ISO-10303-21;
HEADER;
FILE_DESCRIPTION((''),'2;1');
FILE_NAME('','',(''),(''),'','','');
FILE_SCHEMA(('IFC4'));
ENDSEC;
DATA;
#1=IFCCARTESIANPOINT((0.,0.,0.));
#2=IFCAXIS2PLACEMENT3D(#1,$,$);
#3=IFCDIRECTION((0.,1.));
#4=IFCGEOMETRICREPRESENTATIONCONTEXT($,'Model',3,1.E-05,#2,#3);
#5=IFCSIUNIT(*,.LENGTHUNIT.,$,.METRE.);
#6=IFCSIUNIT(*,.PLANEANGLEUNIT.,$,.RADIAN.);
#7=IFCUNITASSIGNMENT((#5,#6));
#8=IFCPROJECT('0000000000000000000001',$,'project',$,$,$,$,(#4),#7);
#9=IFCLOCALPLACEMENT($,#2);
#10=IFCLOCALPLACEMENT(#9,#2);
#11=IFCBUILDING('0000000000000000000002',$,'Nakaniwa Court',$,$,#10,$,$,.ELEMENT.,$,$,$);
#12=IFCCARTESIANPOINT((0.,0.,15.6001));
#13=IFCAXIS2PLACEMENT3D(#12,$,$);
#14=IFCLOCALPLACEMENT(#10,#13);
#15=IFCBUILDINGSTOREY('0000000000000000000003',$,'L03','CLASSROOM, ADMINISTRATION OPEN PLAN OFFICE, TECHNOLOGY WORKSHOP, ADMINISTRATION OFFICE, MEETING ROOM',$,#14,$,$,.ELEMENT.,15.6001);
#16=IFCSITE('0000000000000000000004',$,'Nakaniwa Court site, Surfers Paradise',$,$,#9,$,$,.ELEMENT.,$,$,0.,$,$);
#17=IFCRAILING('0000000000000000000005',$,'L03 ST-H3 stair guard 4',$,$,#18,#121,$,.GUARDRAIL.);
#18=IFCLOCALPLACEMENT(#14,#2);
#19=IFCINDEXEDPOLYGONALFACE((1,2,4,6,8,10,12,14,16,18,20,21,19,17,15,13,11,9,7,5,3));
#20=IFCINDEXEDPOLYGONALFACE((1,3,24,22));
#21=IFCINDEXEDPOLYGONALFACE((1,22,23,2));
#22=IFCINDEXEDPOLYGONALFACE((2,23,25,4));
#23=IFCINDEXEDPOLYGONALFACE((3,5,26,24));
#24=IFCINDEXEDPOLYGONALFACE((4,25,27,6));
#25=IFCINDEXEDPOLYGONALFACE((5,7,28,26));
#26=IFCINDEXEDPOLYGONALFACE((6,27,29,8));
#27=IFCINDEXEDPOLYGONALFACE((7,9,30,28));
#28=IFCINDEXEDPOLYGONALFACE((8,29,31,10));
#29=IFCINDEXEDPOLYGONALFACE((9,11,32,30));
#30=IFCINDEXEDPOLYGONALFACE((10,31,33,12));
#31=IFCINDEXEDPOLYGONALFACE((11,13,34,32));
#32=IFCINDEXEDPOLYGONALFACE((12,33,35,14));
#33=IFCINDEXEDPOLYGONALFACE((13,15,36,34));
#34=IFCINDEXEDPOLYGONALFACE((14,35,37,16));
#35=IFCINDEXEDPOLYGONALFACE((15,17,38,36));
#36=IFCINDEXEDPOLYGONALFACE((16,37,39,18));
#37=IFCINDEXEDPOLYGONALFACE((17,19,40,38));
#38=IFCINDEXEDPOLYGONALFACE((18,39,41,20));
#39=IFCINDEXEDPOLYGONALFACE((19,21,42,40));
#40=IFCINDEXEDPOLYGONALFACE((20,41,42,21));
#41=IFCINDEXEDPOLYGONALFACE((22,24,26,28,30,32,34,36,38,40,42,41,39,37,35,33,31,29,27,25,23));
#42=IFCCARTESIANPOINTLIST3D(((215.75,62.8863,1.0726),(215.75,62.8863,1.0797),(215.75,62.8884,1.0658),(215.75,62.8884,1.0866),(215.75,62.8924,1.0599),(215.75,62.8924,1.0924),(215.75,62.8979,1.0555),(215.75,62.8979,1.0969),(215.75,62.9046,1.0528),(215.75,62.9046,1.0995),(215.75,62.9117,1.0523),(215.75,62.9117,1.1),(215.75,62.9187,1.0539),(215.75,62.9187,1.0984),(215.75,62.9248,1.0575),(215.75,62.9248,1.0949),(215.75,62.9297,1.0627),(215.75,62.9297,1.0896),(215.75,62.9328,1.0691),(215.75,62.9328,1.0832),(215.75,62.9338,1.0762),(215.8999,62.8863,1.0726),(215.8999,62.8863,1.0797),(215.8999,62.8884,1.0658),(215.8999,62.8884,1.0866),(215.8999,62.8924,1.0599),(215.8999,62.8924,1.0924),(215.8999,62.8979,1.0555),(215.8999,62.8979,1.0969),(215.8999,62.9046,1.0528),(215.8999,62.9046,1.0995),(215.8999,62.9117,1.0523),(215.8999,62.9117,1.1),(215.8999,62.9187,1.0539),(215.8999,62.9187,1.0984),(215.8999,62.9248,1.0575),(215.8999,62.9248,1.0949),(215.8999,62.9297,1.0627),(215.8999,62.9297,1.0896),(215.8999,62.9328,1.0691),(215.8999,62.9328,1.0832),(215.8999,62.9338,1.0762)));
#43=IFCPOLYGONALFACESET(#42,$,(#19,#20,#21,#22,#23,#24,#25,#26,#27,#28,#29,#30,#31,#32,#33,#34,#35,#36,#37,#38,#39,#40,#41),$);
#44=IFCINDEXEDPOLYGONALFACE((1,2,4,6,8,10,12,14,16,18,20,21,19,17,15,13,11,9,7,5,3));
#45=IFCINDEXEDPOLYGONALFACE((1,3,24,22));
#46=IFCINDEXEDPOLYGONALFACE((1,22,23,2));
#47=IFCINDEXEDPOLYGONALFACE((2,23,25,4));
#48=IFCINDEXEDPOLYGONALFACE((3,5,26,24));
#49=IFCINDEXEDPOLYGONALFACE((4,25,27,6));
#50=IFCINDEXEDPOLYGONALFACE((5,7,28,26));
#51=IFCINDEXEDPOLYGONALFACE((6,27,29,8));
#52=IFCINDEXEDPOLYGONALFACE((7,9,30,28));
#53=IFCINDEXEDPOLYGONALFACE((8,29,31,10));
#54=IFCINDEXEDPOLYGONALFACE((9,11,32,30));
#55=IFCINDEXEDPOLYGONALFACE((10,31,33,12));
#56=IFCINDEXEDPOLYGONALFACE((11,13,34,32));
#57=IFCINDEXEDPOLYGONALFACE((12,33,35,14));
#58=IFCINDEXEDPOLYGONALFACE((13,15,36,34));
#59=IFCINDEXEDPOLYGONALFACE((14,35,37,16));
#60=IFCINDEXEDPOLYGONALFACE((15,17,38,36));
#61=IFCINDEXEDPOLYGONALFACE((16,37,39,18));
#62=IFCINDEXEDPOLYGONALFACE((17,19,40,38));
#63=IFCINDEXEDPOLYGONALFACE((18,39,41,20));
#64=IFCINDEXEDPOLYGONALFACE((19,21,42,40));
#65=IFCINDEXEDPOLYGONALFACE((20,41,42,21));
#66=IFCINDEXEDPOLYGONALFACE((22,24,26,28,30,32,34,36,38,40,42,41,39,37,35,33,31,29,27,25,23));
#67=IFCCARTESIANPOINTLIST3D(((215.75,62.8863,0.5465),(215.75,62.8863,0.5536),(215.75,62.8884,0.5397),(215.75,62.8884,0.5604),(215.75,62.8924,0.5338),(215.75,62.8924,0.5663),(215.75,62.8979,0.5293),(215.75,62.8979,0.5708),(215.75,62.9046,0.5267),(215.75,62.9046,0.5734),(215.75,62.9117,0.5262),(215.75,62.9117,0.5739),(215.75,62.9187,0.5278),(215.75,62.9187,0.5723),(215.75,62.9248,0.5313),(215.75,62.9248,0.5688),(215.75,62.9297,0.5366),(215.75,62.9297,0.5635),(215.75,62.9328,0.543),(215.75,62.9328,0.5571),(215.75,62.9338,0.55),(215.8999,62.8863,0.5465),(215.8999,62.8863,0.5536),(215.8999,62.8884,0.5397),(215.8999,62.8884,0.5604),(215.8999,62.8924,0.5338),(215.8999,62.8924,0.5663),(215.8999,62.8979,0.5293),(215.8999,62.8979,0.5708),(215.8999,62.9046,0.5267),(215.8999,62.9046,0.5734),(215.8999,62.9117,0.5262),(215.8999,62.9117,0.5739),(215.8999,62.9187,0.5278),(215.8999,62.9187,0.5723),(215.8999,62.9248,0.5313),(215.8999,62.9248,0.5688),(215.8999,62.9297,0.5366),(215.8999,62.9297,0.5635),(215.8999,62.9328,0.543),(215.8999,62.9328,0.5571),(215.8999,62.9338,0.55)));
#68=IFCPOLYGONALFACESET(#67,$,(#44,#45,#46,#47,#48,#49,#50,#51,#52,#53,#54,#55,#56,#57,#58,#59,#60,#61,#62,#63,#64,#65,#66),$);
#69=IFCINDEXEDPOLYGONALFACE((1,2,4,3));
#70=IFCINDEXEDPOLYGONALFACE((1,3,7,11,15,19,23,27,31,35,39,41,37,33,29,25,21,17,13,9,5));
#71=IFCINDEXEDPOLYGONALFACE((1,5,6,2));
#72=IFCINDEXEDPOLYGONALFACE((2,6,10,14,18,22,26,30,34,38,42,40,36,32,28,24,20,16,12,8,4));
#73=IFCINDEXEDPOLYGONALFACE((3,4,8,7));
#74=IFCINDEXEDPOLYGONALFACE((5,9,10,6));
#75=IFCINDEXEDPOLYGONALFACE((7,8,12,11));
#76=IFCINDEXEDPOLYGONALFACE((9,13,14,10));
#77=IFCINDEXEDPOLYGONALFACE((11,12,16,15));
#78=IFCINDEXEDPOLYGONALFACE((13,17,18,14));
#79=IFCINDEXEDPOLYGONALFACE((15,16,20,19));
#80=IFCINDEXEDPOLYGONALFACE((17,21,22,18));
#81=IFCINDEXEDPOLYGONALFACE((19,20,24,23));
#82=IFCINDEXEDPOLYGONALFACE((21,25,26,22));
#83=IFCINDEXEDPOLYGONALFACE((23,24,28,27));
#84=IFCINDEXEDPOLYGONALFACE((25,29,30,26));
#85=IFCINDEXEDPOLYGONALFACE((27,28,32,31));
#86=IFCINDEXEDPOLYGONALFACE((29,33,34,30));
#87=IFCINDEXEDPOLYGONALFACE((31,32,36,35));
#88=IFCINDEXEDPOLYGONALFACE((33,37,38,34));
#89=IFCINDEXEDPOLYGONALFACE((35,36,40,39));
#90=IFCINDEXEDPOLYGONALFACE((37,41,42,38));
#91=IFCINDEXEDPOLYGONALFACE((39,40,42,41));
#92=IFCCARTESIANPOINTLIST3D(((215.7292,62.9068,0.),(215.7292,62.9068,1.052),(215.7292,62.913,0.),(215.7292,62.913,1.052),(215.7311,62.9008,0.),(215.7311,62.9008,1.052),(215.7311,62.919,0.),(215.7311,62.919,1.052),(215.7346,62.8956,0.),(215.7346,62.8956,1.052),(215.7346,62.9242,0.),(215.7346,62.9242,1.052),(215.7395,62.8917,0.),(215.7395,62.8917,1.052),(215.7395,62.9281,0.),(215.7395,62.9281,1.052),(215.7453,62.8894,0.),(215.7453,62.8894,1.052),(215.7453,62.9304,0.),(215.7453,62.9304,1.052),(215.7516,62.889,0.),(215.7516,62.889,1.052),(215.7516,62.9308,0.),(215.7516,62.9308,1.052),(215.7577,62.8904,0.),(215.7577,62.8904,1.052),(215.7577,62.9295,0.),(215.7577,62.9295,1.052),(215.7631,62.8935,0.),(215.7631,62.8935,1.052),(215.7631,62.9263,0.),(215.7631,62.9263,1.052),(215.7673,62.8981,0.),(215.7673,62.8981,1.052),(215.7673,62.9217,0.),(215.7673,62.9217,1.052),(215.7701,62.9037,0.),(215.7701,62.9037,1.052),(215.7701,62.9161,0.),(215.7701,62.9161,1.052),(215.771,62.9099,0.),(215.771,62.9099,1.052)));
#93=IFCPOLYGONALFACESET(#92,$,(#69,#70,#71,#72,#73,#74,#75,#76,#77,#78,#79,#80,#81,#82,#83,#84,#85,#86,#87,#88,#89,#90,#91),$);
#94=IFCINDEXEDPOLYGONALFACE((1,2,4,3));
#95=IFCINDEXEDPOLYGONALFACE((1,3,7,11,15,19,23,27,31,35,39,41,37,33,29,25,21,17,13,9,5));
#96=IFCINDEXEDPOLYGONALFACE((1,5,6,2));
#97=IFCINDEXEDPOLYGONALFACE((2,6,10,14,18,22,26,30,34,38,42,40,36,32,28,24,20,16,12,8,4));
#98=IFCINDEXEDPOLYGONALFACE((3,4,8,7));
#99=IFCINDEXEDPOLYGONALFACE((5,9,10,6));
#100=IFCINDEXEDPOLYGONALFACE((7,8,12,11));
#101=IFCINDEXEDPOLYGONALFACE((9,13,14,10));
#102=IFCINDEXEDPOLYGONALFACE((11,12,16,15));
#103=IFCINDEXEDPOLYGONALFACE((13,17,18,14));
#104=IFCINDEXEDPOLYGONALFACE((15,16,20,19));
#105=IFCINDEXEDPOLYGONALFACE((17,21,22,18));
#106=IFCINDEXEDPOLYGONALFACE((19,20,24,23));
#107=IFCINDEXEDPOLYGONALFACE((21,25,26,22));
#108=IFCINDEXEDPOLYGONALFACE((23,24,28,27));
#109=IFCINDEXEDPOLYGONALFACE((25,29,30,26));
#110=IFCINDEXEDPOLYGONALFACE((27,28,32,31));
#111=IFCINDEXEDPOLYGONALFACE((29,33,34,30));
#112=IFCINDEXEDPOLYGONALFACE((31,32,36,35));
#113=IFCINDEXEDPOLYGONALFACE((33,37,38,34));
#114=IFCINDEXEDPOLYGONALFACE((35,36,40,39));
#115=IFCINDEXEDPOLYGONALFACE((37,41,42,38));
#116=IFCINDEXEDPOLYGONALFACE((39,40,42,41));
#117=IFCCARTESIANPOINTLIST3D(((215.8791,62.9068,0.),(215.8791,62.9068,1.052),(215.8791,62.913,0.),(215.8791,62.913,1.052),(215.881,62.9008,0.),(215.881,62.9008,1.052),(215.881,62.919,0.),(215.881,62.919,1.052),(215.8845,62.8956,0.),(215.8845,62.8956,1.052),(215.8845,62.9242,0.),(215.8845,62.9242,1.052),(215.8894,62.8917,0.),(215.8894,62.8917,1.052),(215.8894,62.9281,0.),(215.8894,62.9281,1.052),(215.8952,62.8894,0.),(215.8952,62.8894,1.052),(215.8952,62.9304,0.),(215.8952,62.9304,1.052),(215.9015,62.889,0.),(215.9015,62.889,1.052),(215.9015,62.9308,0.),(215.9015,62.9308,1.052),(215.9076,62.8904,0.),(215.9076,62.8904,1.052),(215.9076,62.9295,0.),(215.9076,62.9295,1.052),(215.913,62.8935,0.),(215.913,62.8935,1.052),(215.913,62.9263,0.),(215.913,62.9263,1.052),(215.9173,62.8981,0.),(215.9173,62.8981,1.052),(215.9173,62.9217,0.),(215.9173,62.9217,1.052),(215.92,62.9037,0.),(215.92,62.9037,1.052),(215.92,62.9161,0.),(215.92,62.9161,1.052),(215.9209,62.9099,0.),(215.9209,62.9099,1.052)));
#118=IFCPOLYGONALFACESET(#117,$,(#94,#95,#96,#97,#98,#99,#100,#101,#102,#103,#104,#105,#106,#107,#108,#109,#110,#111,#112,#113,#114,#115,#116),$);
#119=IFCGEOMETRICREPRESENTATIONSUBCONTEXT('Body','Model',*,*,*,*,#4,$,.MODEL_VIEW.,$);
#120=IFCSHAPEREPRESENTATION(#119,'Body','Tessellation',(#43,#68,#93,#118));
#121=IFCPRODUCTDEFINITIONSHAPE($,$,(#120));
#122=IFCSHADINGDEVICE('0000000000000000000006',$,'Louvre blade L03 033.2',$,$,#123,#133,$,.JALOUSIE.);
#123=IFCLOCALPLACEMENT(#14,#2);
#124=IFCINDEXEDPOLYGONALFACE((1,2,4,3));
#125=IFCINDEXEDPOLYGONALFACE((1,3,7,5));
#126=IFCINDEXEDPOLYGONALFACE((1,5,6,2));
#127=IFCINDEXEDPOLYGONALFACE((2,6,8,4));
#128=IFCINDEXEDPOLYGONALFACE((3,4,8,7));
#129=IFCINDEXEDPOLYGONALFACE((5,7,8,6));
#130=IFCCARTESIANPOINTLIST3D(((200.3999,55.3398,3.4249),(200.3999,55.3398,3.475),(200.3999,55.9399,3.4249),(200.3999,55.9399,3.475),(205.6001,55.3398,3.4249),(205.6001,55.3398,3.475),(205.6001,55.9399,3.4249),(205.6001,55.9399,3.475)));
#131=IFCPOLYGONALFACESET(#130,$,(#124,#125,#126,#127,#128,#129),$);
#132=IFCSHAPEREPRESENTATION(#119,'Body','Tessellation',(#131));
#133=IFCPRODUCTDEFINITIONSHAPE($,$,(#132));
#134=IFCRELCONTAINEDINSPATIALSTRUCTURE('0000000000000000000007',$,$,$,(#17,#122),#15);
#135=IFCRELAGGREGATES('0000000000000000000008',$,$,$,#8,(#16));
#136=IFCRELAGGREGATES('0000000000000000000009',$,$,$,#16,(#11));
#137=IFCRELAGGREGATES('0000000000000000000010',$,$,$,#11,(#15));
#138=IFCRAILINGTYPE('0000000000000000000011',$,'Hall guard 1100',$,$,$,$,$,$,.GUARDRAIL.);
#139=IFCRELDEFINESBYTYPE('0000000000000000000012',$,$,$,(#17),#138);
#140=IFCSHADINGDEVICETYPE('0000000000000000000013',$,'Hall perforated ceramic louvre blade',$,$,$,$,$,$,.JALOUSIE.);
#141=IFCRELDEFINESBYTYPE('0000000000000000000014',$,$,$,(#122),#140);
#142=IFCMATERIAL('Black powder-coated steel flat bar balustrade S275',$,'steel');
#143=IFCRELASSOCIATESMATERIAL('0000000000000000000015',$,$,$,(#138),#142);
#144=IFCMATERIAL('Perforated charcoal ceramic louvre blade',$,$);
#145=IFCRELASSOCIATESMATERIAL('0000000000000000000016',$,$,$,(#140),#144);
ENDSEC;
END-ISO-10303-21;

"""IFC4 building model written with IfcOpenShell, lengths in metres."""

from ifc_helpers import new_model, si_unit, direction, frame, origin, origin_2d, place, context, subcontext, project, spatial, rectangle, circle, extrude, material, material_profile, profile_set, type_object, element, save


model = new_model("IFC4")

# Units and contexts
model_context = context("Model", 3, precision=1e-05, world=origin(), true_north=direction((0.0, 1.0)))
body_context = subcontext(model_context, "Body", "Model", "MODEL_VIEW")
ifc_project = project(units=[si_unit("LENGTHUNIT", "METRE"), si_unit("PLANEANGLEUNIT", "RADIAN")], contexts=[model_context])

# Site, building, storey
site_placement = place(None, origin())
site = spatial("IfcSite", under=ifc_project, at=site_placement, Name="Nakaniwa Court site, Surfers Paradise", CompositionType="ELEMENT", RefElevation=0.0)
building_placement = place(site_placement, origin())
building = spatial("IfcBuilding", under=site, at=building_placement, Name="Nakaniwa Court", CompositionType="ELEMENT")
storey_placement = place(building_placement, frame((0.0, 0.0, 15.6001)))
storey = spatial("IfcBuildingStorey", under=building, at=storey_placement, Name="L03", Description="CLASSROOM, ADMINISTRATION OPEN PLAN OFFICE, TECHNOLOGY WORKSHOP, ADMINISTRATION OFFICE, MEETING ROOM", CompositionType="ELEMENT", Elevation=15.6001)

# Railing
ifc_material_1 = material(Name="Black powder-coated steel flat bar balustrade S275", Category="steel")
railing_type_1 = type_object("IfcRailingType", Name="Hall guard 1100", PredefinedType="GUARDRAIL", material=ifc_material_1)
railing_1_placement = place(storey_placement, frame((215.75, 62.9099, 0.0)))
element("IfcRailing", 1, at=railing_1_placement, inside=storey, type_object=railing_type_1, Name="L03 ST-H3 stair guard 4", PredefinedType="GUARDRAIL", context=body_context, shape_type="SweptSolid", body=[
    extrude(circle(Radius=0.0239, at=origin_2d()), frame((0.0, 0.0, 1.0762), z_axis=(1.0, 0.0, 0.0), x_axis=(0.0, 1.0, 0.0)), (0.0, 0.0, 1.0), 0.1499),
    extrude(circle(Radius=0.0239, at=origin_2d()), frame((0.0, 0.0, 0.55), z_axis=(1.0, 0.0, 0.0), x_axis=(0.0, 1.0, 0.0)), (0.0, 0.0, 1.0), 0.1499),
    extrude(circle(Radius=0.021, at=origin_2d()), origin(), (0.0, 0.0, 1.0), 1.052),
    extrude(circle(Radius=0.021, at=origin_2d()), frame((0.1499, 0.0, 0.0)), (0.0, 0.0, 1.0), 1.052),
])

# Shading device
ifc_material_2 = material(Name="Perforated charcoal ceramic louvre blade")
ifc_material_profile_1 = material_profile(ifc_material_2, rectangle(XDim=0.6001, YDim=0.05, at=origin_2d()), Name="Hall perforated ceramic louvre blade")
ifc_profile_set_1 = profile_set([ifc_material_profile_1], Name="Perforated charcoal ceramic louvre blade")
shading_device_type = type_object("IfcShadingDeviceType", Name="Hall perforated ceramic louvre blade", PredefinedType="JALOUSIE", material=ifc_profile_set_1)
shading_device_placement = place(storey_placement, frame((205.6001, 55.6399, 3.45), z_axis=(-1.0, 0.0, 0.0), x_axis=(0.0, -1.0, 0.0)))
element("IfcShadingDevice", 2, at=shading_device_placement, inside=storey, type_object=shading_device_type, Name="Louvre blade L03 033.2", PredefinedType="JALOUSIE", context=body_context, shape_type="SweptSolid", body=[
    extrude(rectangle(XDim=0.6001, YDim=0.05, at=origin_2d()), origin(), (0.0, 0.0, 1.0), 5.2002),
])

save(model, "model.ifc")
